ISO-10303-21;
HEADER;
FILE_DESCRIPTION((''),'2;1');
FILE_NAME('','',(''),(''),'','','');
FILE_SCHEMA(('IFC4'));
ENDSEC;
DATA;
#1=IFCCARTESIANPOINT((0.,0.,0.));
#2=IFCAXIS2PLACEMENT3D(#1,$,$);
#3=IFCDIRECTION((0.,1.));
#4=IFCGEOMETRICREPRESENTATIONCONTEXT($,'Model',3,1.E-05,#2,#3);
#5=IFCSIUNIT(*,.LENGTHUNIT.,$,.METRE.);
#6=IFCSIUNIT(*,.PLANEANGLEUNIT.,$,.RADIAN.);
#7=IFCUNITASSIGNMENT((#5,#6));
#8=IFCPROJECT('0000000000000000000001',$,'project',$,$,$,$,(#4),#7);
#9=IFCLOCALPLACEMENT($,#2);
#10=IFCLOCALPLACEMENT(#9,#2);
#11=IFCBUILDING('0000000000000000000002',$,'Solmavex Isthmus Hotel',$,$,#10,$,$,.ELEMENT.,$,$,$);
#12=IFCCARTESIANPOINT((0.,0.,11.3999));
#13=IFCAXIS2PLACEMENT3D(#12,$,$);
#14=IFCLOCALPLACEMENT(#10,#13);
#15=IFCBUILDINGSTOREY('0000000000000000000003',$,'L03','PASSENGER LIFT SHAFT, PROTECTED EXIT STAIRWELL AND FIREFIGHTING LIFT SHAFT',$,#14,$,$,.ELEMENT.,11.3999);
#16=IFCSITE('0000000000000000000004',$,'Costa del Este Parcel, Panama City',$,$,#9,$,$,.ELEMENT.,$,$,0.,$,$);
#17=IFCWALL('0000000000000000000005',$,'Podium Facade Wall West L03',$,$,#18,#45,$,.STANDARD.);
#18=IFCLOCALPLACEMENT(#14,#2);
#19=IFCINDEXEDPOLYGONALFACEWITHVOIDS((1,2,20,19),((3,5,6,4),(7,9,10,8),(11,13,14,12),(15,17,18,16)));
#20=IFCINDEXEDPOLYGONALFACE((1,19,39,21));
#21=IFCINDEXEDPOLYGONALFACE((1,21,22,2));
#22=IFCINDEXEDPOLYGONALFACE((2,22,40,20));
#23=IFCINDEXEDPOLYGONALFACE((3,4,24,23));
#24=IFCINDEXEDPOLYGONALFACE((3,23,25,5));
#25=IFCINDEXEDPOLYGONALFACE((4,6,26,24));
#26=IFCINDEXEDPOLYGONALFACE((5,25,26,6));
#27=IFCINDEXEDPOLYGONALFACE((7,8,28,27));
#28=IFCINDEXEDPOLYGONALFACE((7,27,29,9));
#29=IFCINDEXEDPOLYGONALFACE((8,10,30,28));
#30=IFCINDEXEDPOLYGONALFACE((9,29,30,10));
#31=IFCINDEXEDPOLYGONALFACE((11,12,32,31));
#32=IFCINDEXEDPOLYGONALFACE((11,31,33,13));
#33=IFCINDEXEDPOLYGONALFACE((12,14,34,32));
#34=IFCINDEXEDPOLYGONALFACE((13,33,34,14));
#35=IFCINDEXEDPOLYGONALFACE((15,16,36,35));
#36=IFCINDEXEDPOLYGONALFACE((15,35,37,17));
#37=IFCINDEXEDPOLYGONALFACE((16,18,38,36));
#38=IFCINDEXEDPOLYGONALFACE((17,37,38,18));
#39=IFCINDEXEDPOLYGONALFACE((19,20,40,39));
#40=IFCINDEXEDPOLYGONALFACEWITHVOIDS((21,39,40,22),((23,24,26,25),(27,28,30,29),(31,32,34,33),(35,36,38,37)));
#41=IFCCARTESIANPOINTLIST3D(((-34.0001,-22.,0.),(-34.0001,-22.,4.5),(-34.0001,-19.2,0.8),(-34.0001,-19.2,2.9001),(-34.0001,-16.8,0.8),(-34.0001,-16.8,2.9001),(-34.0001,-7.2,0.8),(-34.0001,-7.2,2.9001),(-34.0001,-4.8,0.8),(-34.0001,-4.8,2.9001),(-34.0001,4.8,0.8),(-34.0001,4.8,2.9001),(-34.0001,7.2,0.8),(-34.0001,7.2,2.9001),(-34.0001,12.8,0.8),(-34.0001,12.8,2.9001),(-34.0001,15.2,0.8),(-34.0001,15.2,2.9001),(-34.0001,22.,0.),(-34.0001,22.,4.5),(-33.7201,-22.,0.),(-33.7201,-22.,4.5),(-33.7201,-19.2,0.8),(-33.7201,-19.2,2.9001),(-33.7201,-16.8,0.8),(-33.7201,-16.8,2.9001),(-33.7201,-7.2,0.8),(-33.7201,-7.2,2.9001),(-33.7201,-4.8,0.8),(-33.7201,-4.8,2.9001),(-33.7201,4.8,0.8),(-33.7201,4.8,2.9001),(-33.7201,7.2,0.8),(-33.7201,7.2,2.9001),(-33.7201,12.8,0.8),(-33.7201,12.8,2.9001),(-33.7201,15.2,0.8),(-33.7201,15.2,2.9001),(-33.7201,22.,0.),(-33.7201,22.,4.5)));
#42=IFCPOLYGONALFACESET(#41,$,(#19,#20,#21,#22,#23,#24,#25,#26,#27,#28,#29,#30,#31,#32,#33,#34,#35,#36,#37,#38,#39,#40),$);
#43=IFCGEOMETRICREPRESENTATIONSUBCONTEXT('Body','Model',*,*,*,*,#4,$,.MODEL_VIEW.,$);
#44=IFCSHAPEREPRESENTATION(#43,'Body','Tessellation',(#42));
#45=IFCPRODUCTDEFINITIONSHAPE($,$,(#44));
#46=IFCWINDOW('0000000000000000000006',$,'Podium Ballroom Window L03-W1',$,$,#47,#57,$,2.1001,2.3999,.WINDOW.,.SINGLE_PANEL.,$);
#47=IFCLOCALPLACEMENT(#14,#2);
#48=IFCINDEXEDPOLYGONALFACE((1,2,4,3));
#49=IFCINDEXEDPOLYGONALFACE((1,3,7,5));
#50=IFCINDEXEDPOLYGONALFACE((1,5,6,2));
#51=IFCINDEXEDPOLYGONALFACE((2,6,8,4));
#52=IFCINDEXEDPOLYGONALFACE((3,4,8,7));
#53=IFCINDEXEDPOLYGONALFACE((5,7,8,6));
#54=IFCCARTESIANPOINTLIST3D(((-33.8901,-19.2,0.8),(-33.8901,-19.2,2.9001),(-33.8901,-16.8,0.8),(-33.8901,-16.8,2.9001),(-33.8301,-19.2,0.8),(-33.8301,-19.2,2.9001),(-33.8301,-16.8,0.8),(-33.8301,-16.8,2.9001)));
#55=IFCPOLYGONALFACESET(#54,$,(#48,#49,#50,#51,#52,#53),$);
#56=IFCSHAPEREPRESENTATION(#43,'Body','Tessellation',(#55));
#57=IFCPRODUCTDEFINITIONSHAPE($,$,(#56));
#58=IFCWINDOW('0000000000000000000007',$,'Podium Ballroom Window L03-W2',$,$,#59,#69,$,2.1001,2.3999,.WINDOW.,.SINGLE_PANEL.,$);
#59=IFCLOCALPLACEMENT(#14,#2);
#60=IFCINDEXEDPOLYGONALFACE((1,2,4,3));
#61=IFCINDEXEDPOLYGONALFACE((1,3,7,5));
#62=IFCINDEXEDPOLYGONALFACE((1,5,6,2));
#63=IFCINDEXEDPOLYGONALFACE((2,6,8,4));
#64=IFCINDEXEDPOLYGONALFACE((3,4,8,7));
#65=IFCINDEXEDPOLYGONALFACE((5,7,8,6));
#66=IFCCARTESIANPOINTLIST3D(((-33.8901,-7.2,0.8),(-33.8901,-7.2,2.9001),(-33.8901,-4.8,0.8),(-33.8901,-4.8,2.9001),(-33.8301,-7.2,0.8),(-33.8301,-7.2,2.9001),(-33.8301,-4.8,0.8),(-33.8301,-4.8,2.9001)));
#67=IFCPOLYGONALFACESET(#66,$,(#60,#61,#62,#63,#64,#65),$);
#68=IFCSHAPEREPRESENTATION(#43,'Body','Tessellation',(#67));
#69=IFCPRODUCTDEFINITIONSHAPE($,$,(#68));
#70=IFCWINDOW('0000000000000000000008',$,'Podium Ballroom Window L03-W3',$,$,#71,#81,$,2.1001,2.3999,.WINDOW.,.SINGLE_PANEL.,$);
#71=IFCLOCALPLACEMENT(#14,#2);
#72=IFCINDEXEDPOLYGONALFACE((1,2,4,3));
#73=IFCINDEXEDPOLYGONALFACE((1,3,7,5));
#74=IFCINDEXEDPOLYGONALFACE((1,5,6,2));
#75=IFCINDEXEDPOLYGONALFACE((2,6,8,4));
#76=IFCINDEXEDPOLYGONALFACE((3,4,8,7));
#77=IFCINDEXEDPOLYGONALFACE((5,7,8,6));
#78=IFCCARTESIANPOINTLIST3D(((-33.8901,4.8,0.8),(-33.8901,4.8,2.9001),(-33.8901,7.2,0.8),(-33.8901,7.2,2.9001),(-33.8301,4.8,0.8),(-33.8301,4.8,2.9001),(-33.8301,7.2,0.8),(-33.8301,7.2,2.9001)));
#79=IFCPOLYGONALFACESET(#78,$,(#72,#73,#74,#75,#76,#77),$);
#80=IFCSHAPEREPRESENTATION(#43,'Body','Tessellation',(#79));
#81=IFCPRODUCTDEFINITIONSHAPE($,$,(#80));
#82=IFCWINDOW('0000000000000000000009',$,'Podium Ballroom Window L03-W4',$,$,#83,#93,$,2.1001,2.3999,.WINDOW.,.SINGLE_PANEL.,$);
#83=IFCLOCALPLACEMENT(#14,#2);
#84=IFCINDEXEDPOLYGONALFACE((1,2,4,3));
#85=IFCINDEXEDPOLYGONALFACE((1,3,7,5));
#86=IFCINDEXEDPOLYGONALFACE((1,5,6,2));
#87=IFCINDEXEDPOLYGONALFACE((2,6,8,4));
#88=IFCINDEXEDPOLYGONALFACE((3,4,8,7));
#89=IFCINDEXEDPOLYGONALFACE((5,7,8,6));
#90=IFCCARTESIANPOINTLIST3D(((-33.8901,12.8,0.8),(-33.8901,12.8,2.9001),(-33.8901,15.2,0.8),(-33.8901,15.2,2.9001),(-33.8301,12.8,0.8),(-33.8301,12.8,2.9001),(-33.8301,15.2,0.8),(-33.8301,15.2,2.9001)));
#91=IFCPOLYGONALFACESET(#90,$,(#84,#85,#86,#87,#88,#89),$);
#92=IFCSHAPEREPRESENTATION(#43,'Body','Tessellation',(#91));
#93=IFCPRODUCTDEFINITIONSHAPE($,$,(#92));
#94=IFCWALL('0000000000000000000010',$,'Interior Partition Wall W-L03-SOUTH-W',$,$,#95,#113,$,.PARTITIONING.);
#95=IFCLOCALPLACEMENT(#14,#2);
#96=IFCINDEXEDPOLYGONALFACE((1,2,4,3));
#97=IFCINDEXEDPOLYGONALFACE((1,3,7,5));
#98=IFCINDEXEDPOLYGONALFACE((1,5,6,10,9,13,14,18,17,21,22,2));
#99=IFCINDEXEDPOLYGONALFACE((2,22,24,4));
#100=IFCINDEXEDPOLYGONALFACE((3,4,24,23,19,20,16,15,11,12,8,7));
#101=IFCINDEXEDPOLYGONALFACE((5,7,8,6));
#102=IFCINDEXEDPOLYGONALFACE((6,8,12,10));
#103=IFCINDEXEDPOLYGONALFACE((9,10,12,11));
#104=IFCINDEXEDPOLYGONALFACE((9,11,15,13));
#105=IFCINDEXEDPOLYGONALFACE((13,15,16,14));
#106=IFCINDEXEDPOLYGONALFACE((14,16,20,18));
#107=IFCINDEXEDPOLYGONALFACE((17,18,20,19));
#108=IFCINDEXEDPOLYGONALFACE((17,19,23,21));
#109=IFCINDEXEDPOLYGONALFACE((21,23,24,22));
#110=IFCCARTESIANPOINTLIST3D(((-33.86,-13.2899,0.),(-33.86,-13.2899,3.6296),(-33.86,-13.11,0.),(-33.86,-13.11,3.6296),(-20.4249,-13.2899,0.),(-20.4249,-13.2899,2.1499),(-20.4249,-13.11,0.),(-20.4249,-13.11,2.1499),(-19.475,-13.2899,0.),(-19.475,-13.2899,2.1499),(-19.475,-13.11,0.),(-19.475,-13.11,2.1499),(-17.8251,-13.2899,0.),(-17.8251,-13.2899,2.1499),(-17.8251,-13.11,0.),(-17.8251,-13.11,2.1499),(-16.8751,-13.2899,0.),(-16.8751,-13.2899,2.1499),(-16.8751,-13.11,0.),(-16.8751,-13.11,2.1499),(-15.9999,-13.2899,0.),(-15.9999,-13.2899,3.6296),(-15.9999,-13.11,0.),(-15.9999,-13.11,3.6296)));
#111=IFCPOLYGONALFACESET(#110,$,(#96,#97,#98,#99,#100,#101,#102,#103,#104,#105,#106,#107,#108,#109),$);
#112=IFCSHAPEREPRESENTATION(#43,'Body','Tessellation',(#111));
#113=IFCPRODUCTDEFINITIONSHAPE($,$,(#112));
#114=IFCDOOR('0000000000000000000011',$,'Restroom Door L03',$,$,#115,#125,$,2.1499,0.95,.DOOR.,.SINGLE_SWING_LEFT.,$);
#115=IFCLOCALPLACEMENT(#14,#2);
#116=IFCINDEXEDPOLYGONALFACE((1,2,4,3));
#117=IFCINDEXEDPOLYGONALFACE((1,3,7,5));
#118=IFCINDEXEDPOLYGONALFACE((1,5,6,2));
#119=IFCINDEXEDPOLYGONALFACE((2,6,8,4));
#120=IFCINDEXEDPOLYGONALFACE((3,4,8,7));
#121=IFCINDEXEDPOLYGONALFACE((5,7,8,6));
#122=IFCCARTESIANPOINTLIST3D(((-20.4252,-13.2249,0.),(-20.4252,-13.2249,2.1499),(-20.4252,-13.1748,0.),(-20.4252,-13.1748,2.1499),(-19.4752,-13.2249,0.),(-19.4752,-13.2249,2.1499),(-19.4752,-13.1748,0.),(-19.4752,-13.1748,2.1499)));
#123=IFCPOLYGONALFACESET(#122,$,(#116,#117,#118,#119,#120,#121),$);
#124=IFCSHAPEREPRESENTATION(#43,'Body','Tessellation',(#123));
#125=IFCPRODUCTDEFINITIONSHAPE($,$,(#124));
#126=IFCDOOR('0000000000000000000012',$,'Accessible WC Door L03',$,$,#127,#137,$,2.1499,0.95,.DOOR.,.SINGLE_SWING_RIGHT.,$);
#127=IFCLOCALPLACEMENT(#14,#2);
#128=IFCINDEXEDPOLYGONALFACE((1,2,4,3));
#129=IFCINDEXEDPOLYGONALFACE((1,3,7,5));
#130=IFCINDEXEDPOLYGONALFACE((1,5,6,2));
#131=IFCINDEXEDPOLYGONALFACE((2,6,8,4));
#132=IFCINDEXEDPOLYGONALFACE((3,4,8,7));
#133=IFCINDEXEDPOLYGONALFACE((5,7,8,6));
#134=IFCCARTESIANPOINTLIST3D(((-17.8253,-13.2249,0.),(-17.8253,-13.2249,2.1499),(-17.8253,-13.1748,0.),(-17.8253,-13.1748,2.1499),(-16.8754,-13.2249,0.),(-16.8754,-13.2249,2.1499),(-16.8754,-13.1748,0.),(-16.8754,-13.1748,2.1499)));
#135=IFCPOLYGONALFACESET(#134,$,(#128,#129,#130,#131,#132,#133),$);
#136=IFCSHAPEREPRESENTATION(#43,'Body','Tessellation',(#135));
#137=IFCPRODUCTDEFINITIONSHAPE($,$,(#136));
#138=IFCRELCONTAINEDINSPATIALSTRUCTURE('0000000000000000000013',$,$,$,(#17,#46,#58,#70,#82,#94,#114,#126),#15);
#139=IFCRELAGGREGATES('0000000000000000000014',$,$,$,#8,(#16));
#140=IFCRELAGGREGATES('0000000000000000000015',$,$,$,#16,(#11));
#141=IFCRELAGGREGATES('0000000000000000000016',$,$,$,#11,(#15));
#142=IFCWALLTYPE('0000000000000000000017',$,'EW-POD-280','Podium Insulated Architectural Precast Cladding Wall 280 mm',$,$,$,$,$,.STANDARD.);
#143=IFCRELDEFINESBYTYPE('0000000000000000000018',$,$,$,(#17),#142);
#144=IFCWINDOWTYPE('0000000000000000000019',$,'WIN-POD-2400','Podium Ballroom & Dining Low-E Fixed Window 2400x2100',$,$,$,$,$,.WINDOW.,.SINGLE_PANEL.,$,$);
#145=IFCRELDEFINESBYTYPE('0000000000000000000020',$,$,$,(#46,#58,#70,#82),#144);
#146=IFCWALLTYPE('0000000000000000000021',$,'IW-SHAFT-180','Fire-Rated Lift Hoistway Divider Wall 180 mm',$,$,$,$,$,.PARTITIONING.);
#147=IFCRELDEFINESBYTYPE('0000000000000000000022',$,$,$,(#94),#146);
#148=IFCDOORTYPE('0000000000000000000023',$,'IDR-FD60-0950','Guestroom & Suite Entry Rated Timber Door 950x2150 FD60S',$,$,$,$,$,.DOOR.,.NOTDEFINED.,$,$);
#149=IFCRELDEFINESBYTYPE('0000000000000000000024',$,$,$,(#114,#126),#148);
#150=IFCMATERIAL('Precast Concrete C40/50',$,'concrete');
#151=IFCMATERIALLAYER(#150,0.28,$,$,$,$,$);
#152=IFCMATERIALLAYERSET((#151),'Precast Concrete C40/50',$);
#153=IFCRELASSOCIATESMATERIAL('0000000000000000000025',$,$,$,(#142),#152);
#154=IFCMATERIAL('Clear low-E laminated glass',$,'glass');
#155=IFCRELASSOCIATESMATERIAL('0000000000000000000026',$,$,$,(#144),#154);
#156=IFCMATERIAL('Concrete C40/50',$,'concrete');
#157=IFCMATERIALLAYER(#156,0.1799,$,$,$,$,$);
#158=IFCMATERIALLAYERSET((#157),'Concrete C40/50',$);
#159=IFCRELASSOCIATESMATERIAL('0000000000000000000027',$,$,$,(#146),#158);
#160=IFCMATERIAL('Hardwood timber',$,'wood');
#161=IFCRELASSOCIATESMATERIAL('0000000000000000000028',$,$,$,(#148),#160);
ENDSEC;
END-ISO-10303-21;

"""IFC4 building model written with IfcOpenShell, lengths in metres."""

from ifc_helpers import new_model, si_unit, direction, frame, frame_2d, origin, place, context, subcontext, project, spatial, rectangle, extrude, material, layer, layer_set, type_object, element, fill, save


model = new_model("IFC4")

# Units and contexts
model_context = context("Model", 3, precision=1e-05, world=origin(), true_north=direction((0.0, 1.0)))
body_context = subcontext(model_context, "Body", "Model", "MODEL_VIEW")
ifc_project = project(units=[si_unit("LENGTHUNIT", "METRE"), si_unit("PLANEANGLEUNIT", "RADIAN")], contexts=[model_context])

# Site, building, storey
site_placement = place(None, origin())
site = spatial("IfcSite", under=ifc_project, at=site_placement, Name="Costa del Este Parcel, Panama City", CompositionType="ELEMENT", RefElevation=0.0)
building_placement = place(site_placement, origin())
building = spatial("IfcBuilding", under=site, at=building_placement, Name="Solmavex Isthmus Hotel", CompositionType="ELEMENT")
storey_placement = place(building_placement, frame((0.0, 0.0, 11.3999)))
storey = spatial("IfcBuildingStorey", under=building, at=storey_placement, Name="L03", Description="PASSENGER LIFT SHAFT, PROTECTED EXIT STAIRWELL AND FIREFIGHTING LIFT SHAFT", CompositionType="ELEMENT", Elevation=11.3999)

# Shared definitions
ifc_material_1 = material(Name="Precast Concrete C40/50", Category="concrete")
ifc_layer_1 = layer(ifc_material_1, 0.28)
ifc_layer_set_1 = layer_set([ifc_layer_1], Name="Precast Concrete C40/50")
wall_type_1 = type_object("IfcWallType", Name="EW-POD-280", Description="Podium Insulated Architectural Precast Cladding Wall 280 mm", PredefinedType="STANDARD", material=ifc_layer_set_1)

# Wall, openings, windows
wall_1_placement = place(storey_placement, frame((-33.8601, -22.0, 0.0), z_axis=(0.0, 0.0, 1.0), x_axis=(0.0, 1.0, 0.0)))
wall_1 = element("IfcWall", 1, at=wall_1_placement, inside=storey, type_object=wall_type_1, Name="Podium Facade Wall West L03", PredefinedType="STANDARD", context=body_context, shape_type="SweptSolid", body=[
    extrude(rectangle(XDim=44.0, YDim=0.28, at=frame_2d((22.0, 0.0))), origin(), (0.0, 0.0, 1.0), 4.5),
])
opening_1_placement = place(wall_1_placement, frame((2.8, 0.0, 0.8)))
opening_1 = element("IfcOpeningElement", 2, at=opening_1_placement, cuts=wall_1, PredefinedType="OPENING", context=body_context, shape_type="SweptSolid", body=[
    extrude(rectangle(XDim=2.3999, YDim=2.1001, at=frame_2d((1.2, 1.05))), frame((0.0, 0.1499, 0.0), z_axis=(0.0, -1.0, 0.0), x_axis=(1.0, 0.0, 0.0)), (0.0, 0.0, 1.0), 0.3),
])
opening_2_placement = place(wall_1_placement, frame((14.8, 0.0, 0.8)))
opening_2 = element("IfcOpeningElement", 3, at=opening_2_placement, cuts=wall_1, PredefinedType="OPENING", context=body_context, shape_type="SweptSolid", body=[
    extrude(rectangle(XDim=2.3999, YDim=2.1001, at=frame_2d((1.2, 1.05))), frame((0.0, 0.1499, 0.0), z_axis=(0.0, -1.0, 0.0), x_axis=(1.0, 0.0, 0.0)), (0.0, 0.0, 1.0), 0.3),
])
opening_3_placement = place(wall_1_placement, frame((26.8, 0.0, 0.8)))
opening_3 = element("IfcOpeningElement", 4, at=opening_3_placement, cuts=wall_1, PredefinedType="OPENING", context=body_context, shape_type="SweptSolid", body=[
    extrude(rectangle(XDim=2.3999, YDim=2.1001, at=frame_2d((1.2, 1.05))), frame((0.0, 0.1499, 0.0), z_axis=(0.0, -1.0, 0.0), x_axis=(1.0, 0.0, 0.0)), (0.0, 0.0, 1.0), 0.3),
])
opening_4_placement = place(wall_1_placement, frame((34.8, 0.0, 0.8)))
opening_4 = element("IfcOpeningElement", 5, at=opening_4_placement, cuts=wall_1, PredefinedType="OPENING", context=body_context, shape_type="SweptSolid", body=[
    extrude(rectangle(XDim=2.3999, YDim=2.1001, at=frame_2d((1.2, 1.05))), frame((0.0, 0.1499, 0.0), z_axis=(0.0, -1.0, 0.0), x_axis=(1.0, 0.0, 0.0)), (0.0, 0.0, 1.0), 0.3),
])
ifc_material_2 = material(Name="Clear low-E laminated glass", Category="glass")
window_type = type_object("IfcWindowType", Name="WIN-POD-2400", Description="Podium Ballroom & Dining Low-E Fixed Window 2400x2100", PartitioningType="SINGLE_PANEL", PredefinedType="WINDOW", material=ifc_material_2)
window_1_placement = place(opening_1_placement, origin())
window_1 = element("IfcWindow", 6, at=window_1_placement, inside=storey, type_object=window_type, Name="Podium Ballroom Window L03-W1", OverallHeight=2.1001, OverallWidth=2.3999, PartitioningType="SINGLE_PANEL", PredefinedType="WINDOW", context=body_context, shape_type="SweptSolid", body=[
    extrude(rectangle(XDim=2.3999, YDim=2.1001, at=frame_2d((1.2, 1.05))), frame((0.0, 0.03, 0.0), z_axis=(0.0, -1.0, 0.0), x_axis=(1.0, 0.0, 0.0)), (0.0, 0.0, 1.0), 0.0601),
])
fill(opening_1, window_1)
window_2_placement = place(opening_2_placement, origin())
window_2 = element("IfcWindow", 7, at=window_2_placement, inside=storey, type_object=window_type, Name="Podium Ballroom Window L03-W2", OverallHeight=2.1001, OverallWidth=2.3999, PartitioningType="SINGLE_PANEL", PredefinedType="WINDOW", context=body_context, shape_type="SweptSolid", body=[
    extrude(rectangle(XDim=2.3999, YDim=2.1001, at=frame_2d((1.2, 1.05))), frame((0.0, 0.03, 0.0), z_axis=(0.0, -1.0, 0.0), x_axis=(1.0, 0.0, 0.0)), (0.0, 0.0, 1.0), 0.0601),
])
fill(opening_2, window_2)
window_3_placement = place(opening_3_placement, origin())
window_3 = element("IfcWindow", 8, at=window_3_placement, inside=storey, type_object=window_type, Name="Podium Ballroom Window L03-W3", OverallHeight=2.1001, OverallWidth=2.3999, PartitioningType="SINGLE_PANEL", PredefinedType="WINDOW", context=body_context, shape_type="SweptSolid", body=[
    extrude(rectangle(XDim=2.3999, YDim=2.1001, at=frame_2d((1.2, 1.05))), frame((0.0, 0.03, 0.0), z_axis=(0.0, -1.0, 0.0), x_axis=(1.0, 0.0, 0.0)), (0.0, 0.0, 1.0), 0.0601),
])
fill(opening_3, window_3)
window_4_placement = place(opening_4_placement, origin())
window_4 = element("IfcWindow", 9, at=window_4_placement, inside=storey, type_object=window_type, Name="Podium Ballroom Window L03-W4", OverallHeight=2.1001, OverallWidth=2.3999, PartitioningType="SINGLE_PANEL", PredefinedType="WINDOW", context=body_context, shape_type="SweptSolid", body=[
    extrude(rectangle(XDim=2.3999, YDim=2.1001, at=frame_2d((1.2, 1.05))), frame((0.0, 0.03, 0.0), z_axis=(0.0, -1.0, 0.0), x_axis=(1.0, 0.0, 0.0)), (0.0, 0.0, 1.0), 0.0601),
])
fill(opening_4, window_4)

# Wall, openings, doors
ifc_material_3 = material(Name="Concrete C40/50", Category="concrete")
ifc_layer_2 = layer(ifc_material_3, 0.1799)
ifc_layer_set_2 = layer_set([ifc_layer_2], Name="Concrete C40/50")
wall_type_2 = type_object("IfcWallType", Name="IW-SHAFT-180", Description="Fire-Rated Lift Hoistway Divider Wall 180 mm", PredefinedType="PARTITIONING", material=ifc_layer_set_2)
wall_2_placement = place(storey_placement, frame((-33.8601, -13.2, 0.0), z_axis=(0.0, 0.0, 1.0), x_axis=(1.0, 0.0, 0.0)))
wall_2 = element("IfcWall", 10, at=wall_2_placement, inside=storey, type_object=wall_type_2, Name="Interior Partition Wall W-L03-SOUTH-W", PredefinedType="PARTITIONING", context=body_context, shape_type="SweptSolid", body=[
    extrude(rectangle(XDim=17.8601, YDim=0.1799, at=frame_2d((8.9302, 0.0))), origin(), (0.0, 0.0, 1.0), 3.6296),
])
opening_5_placement = place(wall_2_placement, frame((13.4351, 0.0, 0.0)))
opening_5 = element("IfcOpeningElement", 11, at=opening_5_placement, cuts=wall_2, PredefinedType="OPENING", context=body_context, shape_type="SweptSolid", body=[
    extrude(rectangle(XDim=0.95, YDim=2.1499, at=frame_2d((0.4751, 1.075))), frame((0.0, 0.0999, 0.0), z_axis=(0.0, -1.0, 0.0), x_axis=(1.0, 0.0, 0.0)), (0.0, 0.0, 1.0), 0.2),
])
opening_6_placement = place(wall_2_placement, frame((16.0349, 0.0, 0.0)))
opening_6 = element("IfcOpeningElement", 12, at=opening_6_placement, cuts=wall_2, PredefinedType="OPENING", context=body_context, shape_type="SweptSolid", body=[
    extrude(rectangle(XDim=0.95, YDim=2.1499, at=frame_2d((0.4751, 1.075))), frame((0.0, 0.0999, 0.0), z_axis=(0.0, -1.0, 0.0), x_axis=(1.0, 0.0, 0.0)), (0.0, 0.0, 1.0), 0.2),
])
ifc_material_4 = material(Name="Hardwood timber", Category="wood")
door_type = type_object("IfcDoorType", Name="IDR-FD60-0950", Description="Guestroom & Suite Entry Rated Timber Door 950x2150 FD60S", OperationType="NOTDEFINED", PredefinedType="DOOR", material=ifc_material_4)
door_1_placement = place(opening_5_placement, frame((0.95, 0.0, 0.0), z_axis=(0.0, 0.0, 1.0), x_axis=(-1.0, 0.0, 0.0)))
door_1 = element("IfcDoor", 13, at=door_1_placement, inside=storey, type_object=door_type, Name="Restroom Door L03", OperationType="SINGLE_SWING_LEFT", OverallHeight=2.1499, OverallWidth=0.95, PredefinedType="DOOR", context=body_context, shape_type="SweptSolid", body=[
    extrude(rectangle(XDim=0.95, YDim=2.1499, at=frame_2d((0.4751, 1.075))), frame((0.0, 0.0249, 0.0), z_axis=(0.0, -1.0, 0.0), x_axis=(1.0, 0.0, 0.0)), (0.0, 0.0, 1.0), 0.05),
])
fill(opening_5, door_1)
door_2_placement = place(opening_6_placement, frame((0.95, 0.0, 0.0), z_axis=(0.0, 0.0, 1.0), x_axis=(-1.0, 0.0, 0.0)))
door_2 = element("IfcDoor", 14, at=door_2_placement, inside=storey, type_object=door_type, Name="Accessible WC Door L03", OperationType="SINGLE_SWING_RIGHT", OverallHeight=2.1499, OverallWidth=0.95, PredefinedType="DOOR", context=body_context, shape_type="SweptSolid", body=[
    extrude(rectangle(XDim=0.95, YDim=2.1499, at=frame_2d((0.4751, 1.075))), frame((0.0, 0.0249, 0.0), z_axis=(0.0, -1.0, 0.0), x_axis=(1.0, 0.0, 0.0)), (0.0, 0.0, 1.0), 0.05),
])
fill(opening_6, door_2)

save(model, "model.ifc")
